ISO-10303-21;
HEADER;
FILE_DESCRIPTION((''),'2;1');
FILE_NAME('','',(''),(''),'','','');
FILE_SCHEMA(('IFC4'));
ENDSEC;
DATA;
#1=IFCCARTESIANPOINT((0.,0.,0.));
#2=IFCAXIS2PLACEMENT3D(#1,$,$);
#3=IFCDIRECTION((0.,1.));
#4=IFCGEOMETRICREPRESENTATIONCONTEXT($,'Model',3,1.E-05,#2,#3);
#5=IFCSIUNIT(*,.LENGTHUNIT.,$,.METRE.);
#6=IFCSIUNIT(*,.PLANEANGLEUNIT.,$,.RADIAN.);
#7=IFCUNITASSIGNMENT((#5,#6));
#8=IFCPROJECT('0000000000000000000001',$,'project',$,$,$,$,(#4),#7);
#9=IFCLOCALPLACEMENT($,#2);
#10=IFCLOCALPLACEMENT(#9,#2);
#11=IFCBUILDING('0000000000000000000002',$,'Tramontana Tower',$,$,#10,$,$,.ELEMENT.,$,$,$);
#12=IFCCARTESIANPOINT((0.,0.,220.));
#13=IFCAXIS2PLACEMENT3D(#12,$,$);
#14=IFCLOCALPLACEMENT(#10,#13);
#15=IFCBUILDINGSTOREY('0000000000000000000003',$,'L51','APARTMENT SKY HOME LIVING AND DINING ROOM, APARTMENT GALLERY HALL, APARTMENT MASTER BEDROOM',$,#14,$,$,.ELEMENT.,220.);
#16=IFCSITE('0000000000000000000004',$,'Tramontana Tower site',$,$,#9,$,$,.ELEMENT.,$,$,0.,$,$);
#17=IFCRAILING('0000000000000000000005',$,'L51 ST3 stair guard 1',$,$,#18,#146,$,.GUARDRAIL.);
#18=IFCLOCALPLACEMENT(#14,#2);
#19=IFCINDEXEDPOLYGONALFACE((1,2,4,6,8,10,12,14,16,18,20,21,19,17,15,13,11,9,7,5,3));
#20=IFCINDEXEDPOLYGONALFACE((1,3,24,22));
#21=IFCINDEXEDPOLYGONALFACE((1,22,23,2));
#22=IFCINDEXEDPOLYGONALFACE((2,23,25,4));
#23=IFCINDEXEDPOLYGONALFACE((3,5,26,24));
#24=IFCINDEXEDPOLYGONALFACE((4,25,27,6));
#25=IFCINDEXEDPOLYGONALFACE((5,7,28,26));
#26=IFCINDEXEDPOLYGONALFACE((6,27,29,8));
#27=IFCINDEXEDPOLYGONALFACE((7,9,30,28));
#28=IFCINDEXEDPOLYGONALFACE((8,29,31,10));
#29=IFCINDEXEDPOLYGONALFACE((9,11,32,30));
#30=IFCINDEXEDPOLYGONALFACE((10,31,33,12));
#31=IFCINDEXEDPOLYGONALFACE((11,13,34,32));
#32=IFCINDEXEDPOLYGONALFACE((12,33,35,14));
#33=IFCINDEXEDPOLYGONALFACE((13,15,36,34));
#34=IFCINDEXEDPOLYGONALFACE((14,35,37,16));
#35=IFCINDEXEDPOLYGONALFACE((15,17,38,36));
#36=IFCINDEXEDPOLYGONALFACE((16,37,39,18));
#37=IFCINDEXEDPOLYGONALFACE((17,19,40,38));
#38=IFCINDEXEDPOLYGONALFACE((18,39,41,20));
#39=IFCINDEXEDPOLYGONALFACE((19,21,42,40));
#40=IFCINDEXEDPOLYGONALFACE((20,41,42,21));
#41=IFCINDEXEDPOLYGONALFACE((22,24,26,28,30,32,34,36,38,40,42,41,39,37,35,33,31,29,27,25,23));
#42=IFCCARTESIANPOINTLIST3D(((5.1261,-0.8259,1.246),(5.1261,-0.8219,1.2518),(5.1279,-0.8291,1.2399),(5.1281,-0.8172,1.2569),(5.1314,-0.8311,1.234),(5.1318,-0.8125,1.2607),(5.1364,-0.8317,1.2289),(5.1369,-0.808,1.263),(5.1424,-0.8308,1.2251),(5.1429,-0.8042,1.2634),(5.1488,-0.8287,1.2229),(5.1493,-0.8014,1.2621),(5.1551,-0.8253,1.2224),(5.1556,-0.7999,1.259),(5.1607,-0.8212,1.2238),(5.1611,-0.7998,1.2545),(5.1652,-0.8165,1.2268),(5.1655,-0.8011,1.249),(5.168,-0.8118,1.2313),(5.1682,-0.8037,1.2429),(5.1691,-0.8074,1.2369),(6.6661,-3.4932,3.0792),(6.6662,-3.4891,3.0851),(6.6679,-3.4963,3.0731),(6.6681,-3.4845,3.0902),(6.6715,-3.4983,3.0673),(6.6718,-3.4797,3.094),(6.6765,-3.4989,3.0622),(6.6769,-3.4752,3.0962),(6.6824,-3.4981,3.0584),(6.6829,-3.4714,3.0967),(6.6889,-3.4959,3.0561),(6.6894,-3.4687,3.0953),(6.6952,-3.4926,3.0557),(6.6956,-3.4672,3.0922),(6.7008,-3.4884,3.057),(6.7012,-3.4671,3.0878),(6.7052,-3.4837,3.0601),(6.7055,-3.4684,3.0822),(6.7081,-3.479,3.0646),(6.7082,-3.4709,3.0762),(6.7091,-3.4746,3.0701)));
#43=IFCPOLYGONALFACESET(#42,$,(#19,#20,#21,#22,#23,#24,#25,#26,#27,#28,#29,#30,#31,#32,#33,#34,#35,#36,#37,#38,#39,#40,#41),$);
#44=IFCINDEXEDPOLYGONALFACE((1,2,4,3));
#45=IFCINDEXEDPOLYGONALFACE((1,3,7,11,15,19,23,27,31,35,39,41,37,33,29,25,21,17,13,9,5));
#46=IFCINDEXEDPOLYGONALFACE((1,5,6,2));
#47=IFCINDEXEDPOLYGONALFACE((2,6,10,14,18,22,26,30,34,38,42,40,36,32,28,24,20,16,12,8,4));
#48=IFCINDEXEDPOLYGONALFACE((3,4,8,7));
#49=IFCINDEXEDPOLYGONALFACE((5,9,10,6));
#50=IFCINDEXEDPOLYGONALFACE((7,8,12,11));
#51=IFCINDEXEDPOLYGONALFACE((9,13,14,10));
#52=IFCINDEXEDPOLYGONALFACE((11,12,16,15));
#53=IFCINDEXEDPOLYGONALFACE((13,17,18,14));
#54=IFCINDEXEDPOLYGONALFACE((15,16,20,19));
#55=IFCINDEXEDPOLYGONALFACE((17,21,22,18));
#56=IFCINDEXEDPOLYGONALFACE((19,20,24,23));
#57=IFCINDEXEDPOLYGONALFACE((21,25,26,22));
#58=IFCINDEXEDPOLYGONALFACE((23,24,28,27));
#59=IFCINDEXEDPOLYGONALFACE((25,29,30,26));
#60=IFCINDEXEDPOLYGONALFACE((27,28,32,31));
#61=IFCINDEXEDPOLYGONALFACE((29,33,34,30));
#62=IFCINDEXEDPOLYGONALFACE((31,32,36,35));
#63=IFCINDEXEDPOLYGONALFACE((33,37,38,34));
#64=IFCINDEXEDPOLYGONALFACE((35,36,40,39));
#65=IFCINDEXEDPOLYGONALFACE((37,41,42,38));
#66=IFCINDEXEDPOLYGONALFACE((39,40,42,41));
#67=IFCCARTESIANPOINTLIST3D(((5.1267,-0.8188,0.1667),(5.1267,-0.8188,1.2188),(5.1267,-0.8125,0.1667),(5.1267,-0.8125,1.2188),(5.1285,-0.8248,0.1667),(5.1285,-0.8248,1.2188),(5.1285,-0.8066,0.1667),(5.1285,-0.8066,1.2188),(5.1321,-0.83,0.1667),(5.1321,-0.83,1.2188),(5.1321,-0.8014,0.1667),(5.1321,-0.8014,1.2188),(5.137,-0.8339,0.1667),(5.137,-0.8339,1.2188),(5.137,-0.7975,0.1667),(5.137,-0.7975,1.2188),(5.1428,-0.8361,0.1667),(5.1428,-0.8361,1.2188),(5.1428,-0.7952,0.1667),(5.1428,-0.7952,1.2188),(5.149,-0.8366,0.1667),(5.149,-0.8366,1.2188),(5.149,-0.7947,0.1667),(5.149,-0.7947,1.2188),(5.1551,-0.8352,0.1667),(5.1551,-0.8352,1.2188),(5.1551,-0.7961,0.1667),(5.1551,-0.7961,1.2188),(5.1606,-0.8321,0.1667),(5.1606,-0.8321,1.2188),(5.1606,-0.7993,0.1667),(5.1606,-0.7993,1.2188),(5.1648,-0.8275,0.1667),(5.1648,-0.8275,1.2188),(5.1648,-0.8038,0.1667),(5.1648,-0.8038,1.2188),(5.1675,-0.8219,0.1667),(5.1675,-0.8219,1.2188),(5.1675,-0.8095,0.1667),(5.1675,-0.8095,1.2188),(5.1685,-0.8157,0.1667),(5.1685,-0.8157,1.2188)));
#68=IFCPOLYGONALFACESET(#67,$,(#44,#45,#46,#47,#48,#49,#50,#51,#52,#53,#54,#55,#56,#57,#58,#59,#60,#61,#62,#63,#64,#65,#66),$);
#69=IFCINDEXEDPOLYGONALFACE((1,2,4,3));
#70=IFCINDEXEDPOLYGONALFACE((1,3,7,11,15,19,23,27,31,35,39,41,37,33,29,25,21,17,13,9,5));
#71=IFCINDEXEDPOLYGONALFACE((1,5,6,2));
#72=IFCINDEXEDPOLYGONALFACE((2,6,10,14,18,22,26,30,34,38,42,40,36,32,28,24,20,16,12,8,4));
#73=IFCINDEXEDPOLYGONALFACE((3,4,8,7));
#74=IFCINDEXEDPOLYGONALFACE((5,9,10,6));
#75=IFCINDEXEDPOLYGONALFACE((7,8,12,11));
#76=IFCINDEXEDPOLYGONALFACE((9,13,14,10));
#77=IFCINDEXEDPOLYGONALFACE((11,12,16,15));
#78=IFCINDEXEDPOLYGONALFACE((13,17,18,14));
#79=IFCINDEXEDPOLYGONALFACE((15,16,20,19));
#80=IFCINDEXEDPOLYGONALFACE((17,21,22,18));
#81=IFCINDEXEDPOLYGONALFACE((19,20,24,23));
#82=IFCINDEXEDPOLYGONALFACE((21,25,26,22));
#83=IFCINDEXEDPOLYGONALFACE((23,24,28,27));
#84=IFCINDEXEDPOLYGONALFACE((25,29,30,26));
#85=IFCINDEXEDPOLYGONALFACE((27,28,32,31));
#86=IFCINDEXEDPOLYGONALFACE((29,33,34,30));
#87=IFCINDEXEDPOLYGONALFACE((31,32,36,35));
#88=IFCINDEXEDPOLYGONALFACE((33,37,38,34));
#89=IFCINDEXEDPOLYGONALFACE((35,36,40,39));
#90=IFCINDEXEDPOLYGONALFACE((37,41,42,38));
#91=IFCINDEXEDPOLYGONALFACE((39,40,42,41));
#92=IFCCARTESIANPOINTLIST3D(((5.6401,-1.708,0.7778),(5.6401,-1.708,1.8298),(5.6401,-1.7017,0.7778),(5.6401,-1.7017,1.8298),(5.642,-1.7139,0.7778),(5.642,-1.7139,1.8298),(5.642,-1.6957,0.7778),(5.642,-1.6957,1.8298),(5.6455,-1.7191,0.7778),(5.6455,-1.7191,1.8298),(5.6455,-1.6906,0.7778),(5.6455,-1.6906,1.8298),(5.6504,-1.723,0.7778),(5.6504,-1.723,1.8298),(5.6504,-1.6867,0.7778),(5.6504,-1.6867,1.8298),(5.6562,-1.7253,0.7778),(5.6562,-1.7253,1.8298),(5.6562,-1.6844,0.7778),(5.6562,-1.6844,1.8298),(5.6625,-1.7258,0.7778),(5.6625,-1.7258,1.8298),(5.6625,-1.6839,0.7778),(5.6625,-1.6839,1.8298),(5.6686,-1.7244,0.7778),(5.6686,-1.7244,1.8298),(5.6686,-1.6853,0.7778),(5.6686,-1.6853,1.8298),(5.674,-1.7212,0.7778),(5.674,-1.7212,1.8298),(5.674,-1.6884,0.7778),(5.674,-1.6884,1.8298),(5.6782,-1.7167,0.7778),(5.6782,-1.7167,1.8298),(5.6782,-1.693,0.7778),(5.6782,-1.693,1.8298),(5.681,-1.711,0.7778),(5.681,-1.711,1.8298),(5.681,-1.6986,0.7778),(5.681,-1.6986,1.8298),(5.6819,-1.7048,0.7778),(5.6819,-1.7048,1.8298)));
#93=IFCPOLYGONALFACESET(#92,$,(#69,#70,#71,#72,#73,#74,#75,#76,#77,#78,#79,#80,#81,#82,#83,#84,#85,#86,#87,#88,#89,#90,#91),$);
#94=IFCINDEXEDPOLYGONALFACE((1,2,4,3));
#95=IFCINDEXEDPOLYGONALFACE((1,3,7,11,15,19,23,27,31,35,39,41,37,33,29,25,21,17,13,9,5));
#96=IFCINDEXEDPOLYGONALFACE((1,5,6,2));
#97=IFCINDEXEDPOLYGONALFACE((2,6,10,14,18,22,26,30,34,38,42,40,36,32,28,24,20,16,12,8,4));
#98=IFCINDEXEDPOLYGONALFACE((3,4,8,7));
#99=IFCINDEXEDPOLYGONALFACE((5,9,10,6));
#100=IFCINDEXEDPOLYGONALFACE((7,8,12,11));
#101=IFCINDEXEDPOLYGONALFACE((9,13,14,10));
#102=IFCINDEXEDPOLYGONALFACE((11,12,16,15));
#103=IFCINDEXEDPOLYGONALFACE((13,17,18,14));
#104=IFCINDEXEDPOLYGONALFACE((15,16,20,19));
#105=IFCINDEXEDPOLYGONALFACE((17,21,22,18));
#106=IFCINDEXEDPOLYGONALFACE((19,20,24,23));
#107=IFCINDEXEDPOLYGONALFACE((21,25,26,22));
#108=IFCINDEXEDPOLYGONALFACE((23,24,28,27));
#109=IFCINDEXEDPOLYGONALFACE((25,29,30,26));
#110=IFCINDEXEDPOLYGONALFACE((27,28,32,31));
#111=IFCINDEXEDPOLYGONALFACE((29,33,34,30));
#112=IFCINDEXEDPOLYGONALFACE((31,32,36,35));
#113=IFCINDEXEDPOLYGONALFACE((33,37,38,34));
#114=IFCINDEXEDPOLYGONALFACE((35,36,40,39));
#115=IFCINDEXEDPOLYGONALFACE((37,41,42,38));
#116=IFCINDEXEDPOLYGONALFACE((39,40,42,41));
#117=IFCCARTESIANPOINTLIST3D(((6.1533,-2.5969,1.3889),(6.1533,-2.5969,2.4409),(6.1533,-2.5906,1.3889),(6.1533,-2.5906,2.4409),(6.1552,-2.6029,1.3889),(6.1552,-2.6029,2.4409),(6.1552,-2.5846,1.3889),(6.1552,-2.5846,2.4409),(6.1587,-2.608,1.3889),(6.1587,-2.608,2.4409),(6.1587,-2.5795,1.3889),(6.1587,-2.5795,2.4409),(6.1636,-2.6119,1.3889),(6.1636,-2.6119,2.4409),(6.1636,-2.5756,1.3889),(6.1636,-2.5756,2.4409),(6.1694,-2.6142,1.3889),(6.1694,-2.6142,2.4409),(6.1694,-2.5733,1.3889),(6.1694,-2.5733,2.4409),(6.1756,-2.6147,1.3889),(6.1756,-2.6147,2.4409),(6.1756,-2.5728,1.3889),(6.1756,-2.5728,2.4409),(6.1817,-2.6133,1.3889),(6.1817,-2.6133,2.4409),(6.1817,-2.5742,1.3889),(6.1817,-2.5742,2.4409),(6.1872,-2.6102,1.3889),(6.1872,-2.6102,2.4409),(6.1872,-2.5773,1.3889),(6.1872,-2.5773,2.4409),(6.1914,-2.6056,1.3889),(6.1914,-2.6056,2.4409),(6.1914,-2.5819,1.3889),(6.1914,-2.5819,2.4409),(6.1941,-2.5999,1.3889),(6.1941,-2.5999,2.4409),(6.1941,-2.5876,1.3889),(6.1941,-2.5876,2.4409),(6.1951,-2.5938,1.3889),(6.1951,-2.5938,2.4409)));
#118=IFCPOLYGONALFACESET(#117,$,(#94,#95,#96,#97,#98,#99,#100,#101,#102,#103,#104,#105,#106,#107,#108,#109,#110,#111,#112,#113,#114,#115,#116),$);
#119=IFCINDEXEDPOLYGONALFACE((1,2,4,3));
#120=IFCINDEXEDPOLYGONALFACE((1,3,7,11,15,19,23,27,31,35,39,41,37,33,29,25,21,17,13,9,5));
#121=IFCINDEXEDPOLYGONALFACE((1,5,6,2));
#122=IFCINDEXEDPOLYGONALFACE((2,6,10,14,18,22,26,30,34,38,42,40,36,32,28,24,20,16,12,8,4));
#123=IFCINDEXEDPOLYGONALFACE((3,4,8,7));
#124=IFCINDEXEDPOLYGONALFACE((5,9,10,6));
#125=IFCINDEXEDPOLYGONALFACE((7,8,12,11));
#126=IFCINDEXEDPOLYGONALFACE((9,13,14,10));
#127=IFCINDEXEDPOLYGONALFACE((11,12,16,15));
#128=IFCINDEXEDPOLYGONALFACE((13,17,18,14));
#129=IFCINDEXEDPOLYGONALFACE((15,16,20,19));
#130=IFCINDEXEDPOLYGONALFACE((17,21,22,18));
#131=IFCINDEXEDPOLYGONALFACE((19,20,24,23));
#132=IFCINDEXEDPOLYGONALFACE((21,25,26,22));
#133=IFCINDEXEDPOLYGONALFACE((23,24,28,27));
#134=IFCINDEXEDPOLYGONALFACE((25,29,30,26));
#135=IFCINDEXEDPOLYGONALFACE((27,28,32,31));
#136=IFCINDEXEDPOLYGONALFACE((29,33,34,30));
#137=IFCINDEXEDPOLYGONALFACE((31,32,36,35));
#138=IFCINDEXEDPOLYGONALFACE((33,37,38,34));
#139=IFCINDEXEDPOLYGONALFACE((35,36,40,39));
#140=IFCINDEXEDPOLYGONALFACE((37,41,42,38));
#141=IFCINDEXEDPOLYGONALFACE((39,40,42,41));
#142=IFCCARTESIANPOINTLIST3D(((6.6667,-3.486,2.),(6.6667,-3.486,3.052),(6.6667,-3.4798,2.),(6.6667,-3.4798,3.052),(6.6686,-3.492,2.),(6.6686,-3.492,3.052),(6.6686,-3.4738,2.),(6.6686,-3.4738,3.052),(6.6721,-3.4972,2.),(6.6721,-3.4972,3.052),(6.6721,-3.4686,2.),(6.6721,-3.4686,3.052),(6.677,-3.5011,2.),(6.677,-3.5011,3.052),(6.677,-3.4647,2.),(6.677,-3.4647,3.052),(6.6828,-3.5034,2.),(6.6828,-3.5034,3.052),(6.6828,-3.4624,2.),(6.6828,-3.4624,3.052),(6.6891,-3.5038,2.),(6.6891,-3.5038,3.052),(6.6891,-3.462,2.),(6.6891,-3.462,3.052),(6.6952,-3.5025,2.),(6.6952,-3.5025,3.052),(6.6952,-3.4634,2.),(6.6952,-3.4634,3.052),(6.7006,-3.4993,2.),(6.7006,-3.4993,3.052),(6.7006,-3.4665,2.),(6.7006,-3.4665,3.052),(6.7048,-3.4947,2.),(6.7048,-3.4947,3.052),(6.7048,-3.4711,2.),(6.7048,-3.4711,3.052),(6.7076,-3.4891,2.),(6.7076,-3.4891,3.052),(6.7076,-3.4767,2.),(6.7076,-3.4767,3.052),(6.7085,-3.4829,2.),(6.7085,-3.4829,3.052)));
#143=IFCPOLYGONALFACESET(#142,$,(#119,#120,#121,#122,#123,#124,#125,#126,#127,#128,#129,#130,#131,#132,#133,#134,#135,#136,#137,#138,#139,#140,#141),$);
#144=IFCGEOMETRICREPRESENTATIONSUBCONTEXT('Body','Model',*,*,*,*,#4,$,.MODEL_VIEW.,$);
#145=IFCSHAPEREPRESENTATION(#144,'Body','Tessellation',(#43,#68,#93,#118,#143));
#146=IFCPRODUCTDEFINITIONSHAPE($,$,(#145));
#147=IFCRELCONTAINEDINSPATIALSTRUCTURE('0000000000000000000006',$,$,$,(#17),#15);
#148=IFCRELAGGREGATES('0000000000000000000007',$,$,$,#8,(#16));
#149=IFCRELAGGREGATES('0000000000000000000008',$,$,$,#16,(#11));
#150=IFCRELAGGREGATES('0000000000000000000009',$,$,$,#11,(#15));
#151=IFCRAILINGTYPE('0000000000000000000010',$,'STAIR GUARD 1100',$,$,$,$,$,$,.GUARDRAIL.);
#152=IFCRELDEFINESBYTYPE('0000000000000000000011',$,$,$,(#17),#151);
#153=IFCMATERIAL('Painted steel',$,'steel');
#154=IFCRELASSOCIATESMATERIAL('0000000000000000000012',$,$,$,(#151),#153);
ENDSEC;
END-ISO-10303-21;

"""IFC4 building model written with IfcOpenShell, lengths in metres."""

from ifc_helpers import new_model, si_unit, direction, frame, origin, origin_2d, place, context, subcontext, project, spatial, circle, extrude, material, type_object, element, save


model = new_model("IFC4")

# Units and contexts
model_context = context("Model", 3, precision=1e-05, world=origin(), true_north=direction((0.0, 1.0)))
body_context = subcontext(model_context, "Body", "Model", "MODEL_VIEW")
ifc_project = project(units=[si_unit("LENGTHUNIT", "METRE"), si_unit("PLANEANGLEUNIT", "RADIAN")], contexts=[model_context])

# Site, building, storey
site_placement = place(None, origin())
site = spatial("IfcSite", under=ifc_project, at=site_placement, Name="Tramontana Tower site", CompositionType="ELEMENT", RefElevation=0.0)
building_placement = place(site_placement, origin())
building = spatial("IfcBuilding", under=site, at=building_placement, Name="Tramontana Tower", CompositionType="ELEMENT")
storey_placement = place(building_placement, frame((0.0, 0.0, 220.0)))
storey = spatial("IfcBuildingStorey", under=building, at=storey_placement, Name="L51", Description="APARTMENT SKY HOME LIVING AND DINING ROOM, APARTMENT GALLERY HALL, APARTMENT MASTER BEDROOM", CompositionType="ELEMENT", Elevation=220.0)

# Railing
ifc_material_1 = material(Name="Painted steel", Category="steel")
railing_type_1 = type_object("IfcRailingType", Name="STAIR GUARD 1100", PredefinedType="GUARDRAIL", material=ifc_material_1)
railing_1_placement = place(storey_placement, frame((5.1475, -0.8157, 0.1667)))
element("IfcRailing", 1, at=railing_1_placement, inside=storey, type_object=railing_type_1, Name="L51 ST3 stair guard 1", PredefinedType="GUARDRAIL", context=body_context, shape_type="SweptSolid", body=[
    extrude(circle(Radius=0.0239, at=origin_2d()), frame((0.0, 0.0, 1.0762), z_axis=(0.429671, -0.744159, 0.511478), x_axis=(0.86601, 0.500027, 0.0)), (0.0, 0.0, 1.0), 3.5842),
    extrude(circle(Radius=0.021, at=origin_2d()), origin(), (0.0, 0.0, 1.0), 1.052),
    extrude(circle(Radius=0.021, at=origin_2d()), frame((0.5134, -0.8892, 0.6111)), (0.0, 0.0, 1.0), 1.052),
    extrude(circle(Radius=0.021, at=origin_2d()), frame((1.0266, -1.7781, 1.2222)), (0.0, 0.0, 1.0), 1.052),
    extrude(circle(Radius=0.021, at=origin_2d()), frame((1.54, -2.6672, 1.8333)), (0.0, 0.0, 1.0), 1.052),
])

save(model, "model.ifc")
